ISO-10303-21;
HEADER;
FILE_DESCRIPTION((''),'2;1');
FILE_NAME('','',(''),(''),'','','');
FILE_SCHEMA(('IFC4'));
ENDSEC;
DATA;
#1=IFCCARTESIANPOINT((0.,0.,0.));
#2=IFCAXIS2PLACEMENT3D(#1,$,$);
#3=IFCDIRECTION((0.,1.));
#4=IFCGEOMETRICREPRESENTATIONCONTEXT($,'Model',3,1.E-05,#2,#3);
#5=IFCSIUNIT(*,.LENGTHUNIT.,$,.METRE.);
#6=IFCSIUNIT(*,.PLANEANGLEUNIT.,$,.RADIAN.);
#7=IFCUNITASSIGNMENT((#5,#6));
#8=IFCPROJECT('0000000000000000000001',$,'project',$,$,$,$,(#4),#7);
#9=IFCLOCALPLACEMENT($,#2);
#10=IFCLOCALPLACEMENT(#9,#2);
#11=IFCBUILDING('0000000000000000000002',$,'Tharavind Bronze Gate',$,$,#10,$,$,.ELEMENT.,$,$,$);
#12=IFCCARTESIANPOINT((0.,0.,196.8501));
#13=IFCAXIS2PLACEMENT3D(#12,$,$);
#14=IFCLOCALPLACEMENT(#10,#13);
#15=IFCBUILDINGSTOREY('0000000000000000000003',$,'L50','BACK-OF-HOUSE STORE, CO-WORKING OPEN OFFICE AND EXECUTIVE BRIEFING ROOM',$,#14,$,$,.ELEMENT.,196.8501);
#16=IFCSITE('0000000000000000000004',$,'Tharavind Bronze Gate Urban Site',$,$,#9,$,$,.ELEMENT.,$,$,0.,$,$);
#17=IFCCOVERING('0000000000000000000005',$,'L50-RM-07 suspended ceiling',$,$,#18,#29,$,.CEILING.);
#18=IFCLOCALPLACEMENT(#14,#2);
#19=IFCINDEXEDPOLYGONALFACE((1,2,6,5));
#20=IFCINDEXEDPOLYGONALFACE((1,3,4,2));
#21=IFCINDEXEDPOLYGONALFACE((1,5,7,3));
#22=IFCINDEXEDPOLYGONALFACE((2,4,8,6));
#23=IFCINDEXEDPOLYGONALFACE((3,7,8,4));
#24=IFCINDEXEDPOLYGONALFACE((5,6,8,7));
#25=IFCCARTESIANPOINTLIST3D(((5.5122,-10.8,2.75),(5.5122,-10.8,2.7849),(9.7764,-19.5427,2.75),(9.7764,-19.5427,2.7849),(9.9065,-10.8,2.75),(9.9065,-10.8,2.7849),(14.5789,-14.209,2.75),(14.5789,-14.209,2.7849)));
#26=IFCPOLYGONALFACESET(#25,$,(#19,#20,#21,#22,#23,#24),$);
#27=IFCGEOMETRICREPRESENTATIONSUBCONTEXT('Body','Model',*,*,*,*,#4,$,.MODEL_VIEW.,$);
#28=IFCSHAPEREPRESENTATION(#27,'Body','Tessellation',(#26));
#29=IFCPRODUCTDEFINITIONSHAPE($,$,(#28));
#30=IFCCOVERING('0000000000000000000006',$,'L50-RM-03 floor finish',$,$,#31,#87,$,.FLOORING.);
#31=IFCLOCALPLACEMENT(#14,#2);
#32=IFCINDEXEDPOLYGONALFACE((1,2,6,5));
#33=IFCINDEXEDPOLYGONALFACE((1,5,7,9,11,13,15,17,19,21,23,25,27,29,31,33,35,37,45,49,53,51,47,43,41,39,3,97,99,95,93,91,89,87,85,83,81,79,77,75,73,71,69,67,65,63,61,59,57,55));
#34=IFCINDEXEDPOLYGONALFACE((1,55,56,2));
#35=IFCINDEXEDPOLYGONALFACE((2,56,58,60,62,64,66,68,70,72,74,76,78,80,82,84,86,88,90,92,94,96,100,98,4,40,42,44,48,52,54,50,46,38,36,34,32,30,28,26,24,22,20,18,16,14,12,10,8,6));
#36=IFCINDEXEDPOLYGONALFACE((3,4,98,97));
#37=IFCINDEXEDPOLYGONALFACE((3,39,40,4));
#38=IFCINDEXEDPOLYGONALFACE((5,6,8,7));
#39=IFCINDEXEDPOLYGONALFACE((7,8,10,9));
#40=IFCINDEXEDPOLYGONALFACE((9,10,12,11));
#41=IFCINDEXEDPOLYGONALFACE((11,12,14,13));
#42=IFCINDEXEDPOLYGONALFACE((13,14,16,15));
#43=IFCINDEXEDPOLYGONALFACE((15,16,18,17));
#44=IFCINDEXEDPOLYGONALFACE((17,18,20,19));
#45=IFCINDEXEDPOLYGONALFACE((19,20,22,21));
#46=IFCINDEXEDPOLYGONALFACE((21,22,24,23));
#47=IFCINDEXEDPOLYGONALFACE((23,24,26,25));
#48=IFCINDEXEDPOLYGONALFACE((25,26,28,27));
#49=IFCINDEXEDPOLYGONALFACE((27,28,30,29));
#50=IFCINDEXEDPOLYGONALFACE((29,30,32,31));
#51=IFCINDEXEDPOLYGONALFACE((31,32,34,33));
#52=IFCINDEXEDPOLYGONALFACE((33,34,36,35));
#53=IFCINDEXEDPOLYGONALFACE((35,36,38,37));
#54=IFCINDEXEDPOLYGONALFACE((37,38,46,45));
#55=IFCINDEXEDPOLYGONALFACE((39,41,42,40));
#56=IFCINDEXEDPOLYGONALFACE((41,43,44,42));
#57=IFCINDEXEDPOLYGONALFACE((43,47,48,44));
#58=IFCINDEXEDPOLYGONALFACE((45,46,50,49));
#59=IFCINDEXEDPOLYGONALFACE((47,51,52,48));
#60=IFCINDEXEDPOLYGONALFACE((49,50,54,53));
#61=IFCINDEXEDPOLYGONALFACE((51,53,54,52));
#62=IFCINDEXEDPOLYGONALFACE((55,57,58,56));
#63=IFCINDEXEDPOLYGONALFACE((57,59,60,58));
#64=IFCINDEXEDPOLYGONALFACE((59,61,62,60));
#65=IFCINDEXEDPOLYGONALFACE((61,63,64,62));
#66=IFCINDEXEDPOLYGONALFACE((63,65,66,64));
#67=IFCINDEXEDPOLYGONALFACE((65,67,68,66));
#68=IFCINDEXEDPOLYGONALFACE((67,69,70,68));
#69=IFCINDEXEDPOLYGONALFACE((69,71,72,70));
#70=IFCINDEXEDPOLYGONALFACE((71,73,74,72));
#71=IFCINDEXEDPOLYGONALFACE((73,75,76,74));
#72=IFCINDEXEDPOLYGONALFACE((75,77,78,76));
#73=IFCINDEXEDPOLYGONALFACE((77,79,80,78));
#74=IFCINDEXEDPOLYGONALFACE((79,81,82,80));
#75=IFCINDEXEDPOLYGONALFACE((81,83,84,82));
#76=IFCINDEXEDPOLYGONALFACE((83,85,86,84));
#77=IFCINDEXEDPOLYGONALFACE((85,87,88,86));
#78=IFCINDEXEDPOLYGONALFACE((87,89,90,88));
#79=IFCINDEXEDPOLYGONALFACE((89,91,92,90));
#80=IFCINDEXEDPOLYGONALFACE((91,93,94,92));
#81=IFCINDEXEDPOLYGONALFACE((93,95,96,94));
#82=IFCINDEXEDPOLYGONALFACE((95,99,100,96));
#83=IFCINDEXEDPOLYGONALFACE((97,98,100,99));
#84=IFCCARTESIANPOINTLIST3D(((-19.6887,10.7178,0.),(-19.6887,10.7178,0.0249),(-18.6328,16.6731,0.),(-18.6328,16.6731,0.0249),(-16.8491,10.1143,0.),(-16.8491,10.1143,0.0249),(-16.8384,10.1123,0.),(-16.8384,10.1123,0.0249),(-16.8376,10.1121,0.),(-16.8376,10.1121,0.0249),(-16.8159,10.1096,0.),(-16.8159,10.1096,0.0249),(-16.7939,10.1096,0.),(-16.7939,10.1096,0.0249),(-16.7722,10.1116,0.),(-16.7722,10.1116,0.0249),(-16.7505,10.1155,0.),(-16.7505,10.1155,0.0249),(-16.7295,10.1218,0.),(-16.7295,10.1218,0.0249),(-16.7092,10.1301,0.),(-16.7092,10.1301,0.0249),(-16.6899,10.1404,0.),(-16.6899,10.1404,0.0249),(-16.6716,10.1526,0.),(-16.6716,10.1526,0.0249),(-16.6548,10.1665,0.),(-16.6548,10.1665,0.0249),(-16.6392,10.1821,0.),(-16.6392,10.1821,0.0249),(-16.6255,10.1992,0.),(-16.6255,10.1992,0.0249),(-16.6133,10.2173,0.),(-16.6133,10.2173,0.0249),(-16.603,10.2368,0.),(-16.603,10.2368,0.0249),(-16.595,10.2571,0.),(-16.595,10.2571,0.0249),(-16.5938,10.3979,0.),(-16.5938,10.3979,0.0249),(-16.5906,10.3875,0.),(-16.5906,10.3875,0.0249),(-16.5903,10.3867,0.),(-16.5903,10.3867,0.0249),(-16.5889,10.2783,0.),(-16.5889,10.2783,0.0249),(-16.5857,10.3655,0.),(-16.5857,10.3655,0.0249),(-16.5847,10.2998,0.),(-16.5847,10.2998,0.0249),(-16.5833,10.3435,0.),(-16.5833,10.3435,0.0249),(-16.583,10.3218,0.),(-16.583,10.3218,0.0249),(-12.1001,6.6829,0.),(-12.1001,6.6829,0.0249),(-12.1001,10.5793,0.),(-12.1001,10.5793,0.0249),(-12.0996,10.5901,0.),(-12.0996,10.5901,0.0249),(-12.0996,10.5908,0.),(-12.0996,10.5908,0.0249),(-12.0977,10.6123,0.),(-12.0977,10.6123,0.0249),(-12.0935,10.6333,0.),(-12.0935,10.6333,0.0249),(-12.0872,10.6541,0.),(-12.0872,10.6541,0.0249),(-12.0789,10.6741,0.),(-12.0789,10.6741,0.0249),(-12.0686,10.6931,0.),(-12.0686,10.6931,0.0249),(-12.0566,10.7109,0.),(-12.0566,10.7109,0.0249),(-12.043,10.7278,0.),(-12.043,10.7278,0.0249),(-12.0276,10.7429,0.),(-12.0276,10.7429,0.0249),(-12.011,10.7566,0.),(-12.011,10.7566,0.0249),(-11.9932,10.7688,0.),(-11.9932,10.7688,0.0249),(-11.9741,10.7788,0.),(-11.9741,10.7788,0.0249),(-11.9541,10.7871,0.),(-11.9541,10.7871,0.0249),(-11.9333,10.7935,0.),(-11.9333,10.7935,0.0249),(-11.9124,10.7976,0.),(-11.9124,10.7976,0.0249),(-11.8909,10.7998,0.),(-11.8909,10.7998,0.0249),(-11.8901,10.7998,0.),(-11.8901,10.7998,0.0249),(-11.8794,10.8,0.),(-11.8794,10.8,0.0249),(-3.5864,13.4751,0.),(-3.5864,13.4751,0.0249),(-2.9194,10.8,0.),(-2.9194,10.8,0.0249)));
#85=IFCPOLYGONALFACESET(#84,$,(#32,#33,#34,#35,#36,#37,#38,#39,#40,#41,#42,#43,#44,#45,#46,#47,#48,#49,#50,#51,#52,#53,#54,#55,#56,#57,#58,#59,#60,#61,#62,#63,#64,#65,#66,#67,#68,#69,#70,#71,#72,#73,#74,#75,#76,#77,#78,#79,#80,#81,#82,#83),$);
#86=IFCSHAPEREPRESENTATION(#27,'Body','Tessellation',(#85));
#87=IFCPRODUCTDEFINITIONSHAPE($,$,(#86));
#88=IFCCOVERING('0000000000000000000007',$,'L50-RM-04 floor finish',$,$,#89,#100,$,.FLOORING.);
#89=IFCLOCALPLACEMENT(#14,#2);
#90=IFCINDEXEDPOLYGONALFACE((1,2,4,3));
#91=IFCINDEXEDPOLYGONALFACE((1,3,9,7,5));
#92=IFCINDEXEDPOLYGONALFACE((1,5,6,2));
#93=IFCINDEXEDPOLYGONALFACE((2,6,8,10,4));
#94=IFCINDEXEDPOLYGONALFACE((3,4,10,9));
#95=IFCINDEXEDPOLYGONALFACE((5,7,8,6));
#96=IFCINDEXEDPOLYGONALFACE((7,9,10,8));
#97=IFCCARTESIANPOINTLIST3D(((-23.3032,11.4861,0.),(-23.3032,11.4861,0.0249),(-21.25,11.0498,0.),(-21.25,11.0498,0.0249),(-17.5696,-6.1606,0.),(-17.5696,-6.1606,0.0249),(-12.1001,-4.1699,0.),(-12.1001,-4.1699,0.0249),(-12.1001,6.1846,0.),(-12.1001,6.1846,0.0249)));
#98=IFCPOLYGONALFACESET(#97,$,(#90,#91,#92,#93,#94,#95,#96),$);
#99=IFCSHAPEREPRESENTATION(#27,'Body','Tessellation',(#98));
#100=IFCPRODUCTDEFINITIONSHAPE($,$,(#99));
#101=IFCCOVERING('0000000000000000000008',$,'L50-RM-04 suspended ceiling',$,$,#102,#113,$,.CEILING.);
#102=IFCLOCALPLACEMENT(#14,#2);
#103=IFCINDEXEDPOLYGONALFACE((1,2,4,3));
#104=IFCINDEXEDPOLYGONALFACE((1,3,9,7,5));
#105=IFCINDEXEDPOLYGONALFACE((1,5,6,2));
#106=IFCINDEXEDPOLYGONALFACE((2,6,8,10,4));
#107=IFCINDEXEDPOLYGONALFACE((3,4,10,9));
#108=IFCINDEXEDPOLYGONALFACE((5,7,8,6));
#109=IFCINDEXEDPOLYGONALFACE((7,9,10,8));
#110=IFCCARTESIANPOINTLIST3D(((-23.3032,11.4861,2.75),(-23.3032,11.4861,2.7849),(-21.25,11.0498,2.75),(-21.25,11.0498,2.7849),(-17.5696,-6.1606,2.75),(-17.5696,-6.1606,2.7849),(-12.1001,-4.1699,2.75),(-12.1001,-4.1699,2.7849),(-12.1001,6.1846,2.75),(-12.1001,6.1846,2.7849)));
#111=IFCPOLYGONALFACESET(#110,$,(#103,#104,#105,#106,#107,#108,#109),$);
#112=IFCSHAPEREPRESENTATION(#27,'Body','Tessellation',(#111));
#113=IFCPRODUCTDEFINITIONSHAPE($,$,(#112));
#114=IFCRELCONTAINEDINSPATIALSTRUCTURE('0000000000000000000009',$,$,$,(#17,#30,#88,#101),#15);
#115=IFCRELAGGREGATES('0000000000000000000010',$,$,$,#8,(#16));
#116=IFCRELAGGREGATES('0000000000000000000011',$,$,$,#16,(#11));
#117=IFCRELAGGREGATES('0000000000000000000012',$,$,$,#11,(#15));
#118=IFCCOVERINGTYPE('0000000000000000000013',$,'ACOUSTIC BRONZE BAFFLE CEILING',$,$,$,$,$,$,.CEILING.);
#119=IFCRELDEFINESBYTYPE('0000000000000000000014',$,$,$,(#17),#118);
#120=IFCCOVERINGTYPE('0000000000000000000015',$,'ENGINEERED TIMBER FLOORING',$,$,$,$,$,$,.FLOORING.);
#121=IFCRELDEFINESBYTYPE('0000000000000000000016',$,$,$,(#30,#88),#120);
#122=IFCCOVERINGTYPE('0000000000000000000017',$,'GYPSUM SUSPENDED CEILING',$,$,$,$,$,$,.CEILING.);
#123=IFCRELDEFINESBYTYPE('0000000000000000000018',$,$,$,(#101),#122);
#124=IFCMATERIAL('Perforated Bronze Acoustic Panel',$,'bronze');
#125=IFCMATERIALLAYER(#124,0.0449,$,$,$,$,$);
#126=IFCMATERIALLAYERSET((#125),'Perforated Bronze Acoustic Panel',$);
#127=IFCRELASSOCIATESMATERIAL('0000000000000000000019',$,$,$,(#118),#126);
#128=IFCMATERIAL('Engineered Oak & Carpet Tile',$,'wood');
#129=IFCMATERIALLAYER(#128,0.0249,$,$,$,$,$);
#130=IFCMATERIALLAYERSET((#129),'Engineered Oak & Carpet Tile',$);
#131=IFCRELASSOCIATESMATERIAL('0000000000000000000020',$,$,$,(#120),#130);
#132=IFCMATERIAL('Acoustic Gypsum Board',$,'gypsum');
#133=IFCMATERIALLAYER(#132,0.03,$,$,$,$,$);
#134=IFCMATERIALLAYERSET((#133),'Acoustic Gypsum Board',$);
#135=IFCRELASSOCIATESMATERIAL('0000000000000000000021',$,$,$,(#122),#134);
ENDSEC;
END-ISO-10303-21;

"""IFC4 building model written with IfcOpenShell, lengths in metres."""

from ifc_helpers import new_model, si_unit, direction, frame, origin, place, context, subcontext, project, spatial, polyline, outline, extrude, material, layer, layer_set, type_object, element, save


model = new_model("IFC4")

# Units and contexts
model_context = context("Model", 3, precision=1e-05, world=origin(), true_north=direction((0.0, 1.0)))
body_context = subcontext(model_context, "Body", "Model", "MODEL_VIEW")
ifc_project = project(units=[si_unit("LENGTHUNIT", "METRE"), si_unit("PLANEANGLEUNIT", "RADIAN")], contexts=[model_context])

# Site, building, storey
site_placement = place(None, origin())
site = spatial("IfcSite", under=ifc_project, at=site_placement, Name="Tharavind Bronze Gate Urban Site", CompositionType="ELEMENT", RefElevation=0.0)
building_placement = place(site_placement, origin())
building = spatial("IfcBuilding", under=site, at=building_placement, Name="Tharavind Bronze Gate", CompositionType="ELEMENT")
storey_placement = place(building_placement, frame((0.0, 0.0, 196.8501)))
storey = spatial("IfcBuildingStorey", under=building, at=storey_placement, Name="L50", Description="BACK-OF-HOUSE STORE, CO-WORKING OPEN OFFICE AND EXECUTIVE BRIEFING ROOM", CompositionType="ELEMENT", Elevation=196.8501)

# Coverings
ifc_material_1 = material(Name="Perforated Bronze Acoustic Panel", Category="bronze")
ifc_layer_1 = layer(ifc_material_1, 0.0449)
ifc_layer_set_1 = layer_set([ifc_layer_1], Name="Perforated Bronze Acoustic Panel")
covering_type_1 = type_object("IfcCoveringType", Name="ACOUSTIC BRONZE BAFFLE CEILING", PredefinedType="CEILING", material=ifc_layer_set_1)
covering_1_placement = place(storey_placement, frame((0.0, 0.0, 2.75)))
element("IfcCovering", 1, at=covering_1_placement, inside=storey, type_object=covering_type_1, Name="L50-RM-07 suspended ceiling", PredefinedType="CEILING", context=body_context, shape_type="SweptSolid", body=[
    extrude(outline(polyline([(9.7764, -19.5427), (14.5789, -14.209), (9.9065, -10.8), (5.5122, -10.8), (9.7764, -19.5427)])), origin(), (0.0, 0.0, 1.0), 0.0349),
])
ifc_material_2 = material(Name="Engineered Oak & Carpet Tile", Category="wood")
ifc_layer_2 = layer(ifc_material_2, 0.0249)
ifc_layer_set_2 = layer_set([ifc_layer_2], Name="Engineered Oak & Carpet Tile")
covering_type_2 = type_object("IfcCoveringType", Name="ENGINEERED TIMBER FLOORING", PredefinedType="FLOORING", material=ifc_layer_set_2)
covering_2_placement = place(storey_placement, origin())
element("IfcCovering", 2, at=covering_2_placement, inside=storey, type_object=covering_type_2, Name="L50-RM-03 floor finish", PredefinedType="FLOORING", context=body_context, shape_type="SweptSolid", body=[
    extrude(outline(polyline([(-12.1001, 6.6829), (-12.1001, 10.5793), (-12.0996, 10.5901), (-12.0996, 10.5908), (-12.0977, 10.6123), (-12.0935, 10.6333), (-12.0872, 10.6541), (-12.0789, 10.6741), (-12.0686, 10.6931), (-12.0566, 10.7109), (-12.043, 10.7278), (-12.0276, 10.7429), (-12.011, 10.7566), (-11.9932, 10.7688), (-11.9741, 10.7788), (-11.9541, 10.7871), (-11.9333, 10.7935), (-11.9124, 10.7976), (-11.8909, 10.7998), (-11.8901, 10.7998), (-11.8794, 10.8), (-2.9194, 10.8), (-3.5864, 13.4751), (-18.6328, 16.6731), (-16.5938, 10.3979), (-16.5906, 10.3875), (-16.5903, 10.3867), (-16.5857, 10.3655), (-16.5833, 10.3435), (-16.583, 10.3218), (-16.5847, 10.2998), (-16.5889, 10.2783), (-16.595, 10.2571), (-16.603, 10.2368), (-16.6133, 10.2173), (-16.6255, 10.1992), (-16.6392, 10.1821), (-16.6548, 10.1665), (-16.6716, 10.1526), (-16.6899, 10.1404), (-16.7092, 10.1301), (-16.7295, 10.1218), (-16.7505, 10.1155), (-16.7722, 10.1116), (-16.7939, 10.1096), (-16.8159, 10.1096), (-16.8376, 10.1121), (-16.8384, 10.1123), (-16.8491, 10.1143), (-19.6887, 10.7178), (-12.1001, 6.6829)])), origin(), (0.0, 0.0, 1.0), 0.0249),
])
covering_3_placement = place(storey_placement, origin())
element("IfcCovering", 3, at=covering_3_placement, inside=storey, type_object=covering_type_2, Name="L50-RM-04 floor finish", PredefinedType="FLOORING", context=body_context, shape_type="SweptSolid", body=[
    extrude(outline(polyline([(-17.5696, -6.1606), (-12.1001, -4.1699), (-12.1001, 6.1846), (-21.25, 11.0498), (-23.3032, 11.4861), (-17.5696, -6.1606)])), origin(), (0.0, 0.0, 1.0), 0.0249),
])
ifc_material_3 = material(Name="Acoustic Gypsum Board", Category="gypsum")
ifc_layer_3 = layer(ifc_material_3, 0.03)
ifc_layer_set_3 = layer_set([ifc_layer_3], Name="Acoustic Gypsum Board")
covering_type_3 = type_object("IfcCoveringType", Name="GYPSUM SUSPENDED CEILING", PredefinedType="CEILING", material=ifc_layer_set_3)
covering_4_placement = place(storey_placement, frame((0.0, 0.0, 2.75)))
element("IfcCovering", 4, at=covering_4_placement, inside=storey, type_object=covering_type_3, Name="L50-RM-04 suspended ceiling", PredefinedType="CEILING", context=body_context, shape_type="SweptSolid", body=[
    extrude(outline(polyline([(-17.5696, -6.1606), (-12.1001, -4.1699), (-12.1001, 6.1846), (-21.25, 11.0498), (-23.3032, 11.4861), (-17.5696, -6.1606)])), origin(), (0.0, 0.0, 1.0), 0.0349),
])

save(model, "model.ifc")
